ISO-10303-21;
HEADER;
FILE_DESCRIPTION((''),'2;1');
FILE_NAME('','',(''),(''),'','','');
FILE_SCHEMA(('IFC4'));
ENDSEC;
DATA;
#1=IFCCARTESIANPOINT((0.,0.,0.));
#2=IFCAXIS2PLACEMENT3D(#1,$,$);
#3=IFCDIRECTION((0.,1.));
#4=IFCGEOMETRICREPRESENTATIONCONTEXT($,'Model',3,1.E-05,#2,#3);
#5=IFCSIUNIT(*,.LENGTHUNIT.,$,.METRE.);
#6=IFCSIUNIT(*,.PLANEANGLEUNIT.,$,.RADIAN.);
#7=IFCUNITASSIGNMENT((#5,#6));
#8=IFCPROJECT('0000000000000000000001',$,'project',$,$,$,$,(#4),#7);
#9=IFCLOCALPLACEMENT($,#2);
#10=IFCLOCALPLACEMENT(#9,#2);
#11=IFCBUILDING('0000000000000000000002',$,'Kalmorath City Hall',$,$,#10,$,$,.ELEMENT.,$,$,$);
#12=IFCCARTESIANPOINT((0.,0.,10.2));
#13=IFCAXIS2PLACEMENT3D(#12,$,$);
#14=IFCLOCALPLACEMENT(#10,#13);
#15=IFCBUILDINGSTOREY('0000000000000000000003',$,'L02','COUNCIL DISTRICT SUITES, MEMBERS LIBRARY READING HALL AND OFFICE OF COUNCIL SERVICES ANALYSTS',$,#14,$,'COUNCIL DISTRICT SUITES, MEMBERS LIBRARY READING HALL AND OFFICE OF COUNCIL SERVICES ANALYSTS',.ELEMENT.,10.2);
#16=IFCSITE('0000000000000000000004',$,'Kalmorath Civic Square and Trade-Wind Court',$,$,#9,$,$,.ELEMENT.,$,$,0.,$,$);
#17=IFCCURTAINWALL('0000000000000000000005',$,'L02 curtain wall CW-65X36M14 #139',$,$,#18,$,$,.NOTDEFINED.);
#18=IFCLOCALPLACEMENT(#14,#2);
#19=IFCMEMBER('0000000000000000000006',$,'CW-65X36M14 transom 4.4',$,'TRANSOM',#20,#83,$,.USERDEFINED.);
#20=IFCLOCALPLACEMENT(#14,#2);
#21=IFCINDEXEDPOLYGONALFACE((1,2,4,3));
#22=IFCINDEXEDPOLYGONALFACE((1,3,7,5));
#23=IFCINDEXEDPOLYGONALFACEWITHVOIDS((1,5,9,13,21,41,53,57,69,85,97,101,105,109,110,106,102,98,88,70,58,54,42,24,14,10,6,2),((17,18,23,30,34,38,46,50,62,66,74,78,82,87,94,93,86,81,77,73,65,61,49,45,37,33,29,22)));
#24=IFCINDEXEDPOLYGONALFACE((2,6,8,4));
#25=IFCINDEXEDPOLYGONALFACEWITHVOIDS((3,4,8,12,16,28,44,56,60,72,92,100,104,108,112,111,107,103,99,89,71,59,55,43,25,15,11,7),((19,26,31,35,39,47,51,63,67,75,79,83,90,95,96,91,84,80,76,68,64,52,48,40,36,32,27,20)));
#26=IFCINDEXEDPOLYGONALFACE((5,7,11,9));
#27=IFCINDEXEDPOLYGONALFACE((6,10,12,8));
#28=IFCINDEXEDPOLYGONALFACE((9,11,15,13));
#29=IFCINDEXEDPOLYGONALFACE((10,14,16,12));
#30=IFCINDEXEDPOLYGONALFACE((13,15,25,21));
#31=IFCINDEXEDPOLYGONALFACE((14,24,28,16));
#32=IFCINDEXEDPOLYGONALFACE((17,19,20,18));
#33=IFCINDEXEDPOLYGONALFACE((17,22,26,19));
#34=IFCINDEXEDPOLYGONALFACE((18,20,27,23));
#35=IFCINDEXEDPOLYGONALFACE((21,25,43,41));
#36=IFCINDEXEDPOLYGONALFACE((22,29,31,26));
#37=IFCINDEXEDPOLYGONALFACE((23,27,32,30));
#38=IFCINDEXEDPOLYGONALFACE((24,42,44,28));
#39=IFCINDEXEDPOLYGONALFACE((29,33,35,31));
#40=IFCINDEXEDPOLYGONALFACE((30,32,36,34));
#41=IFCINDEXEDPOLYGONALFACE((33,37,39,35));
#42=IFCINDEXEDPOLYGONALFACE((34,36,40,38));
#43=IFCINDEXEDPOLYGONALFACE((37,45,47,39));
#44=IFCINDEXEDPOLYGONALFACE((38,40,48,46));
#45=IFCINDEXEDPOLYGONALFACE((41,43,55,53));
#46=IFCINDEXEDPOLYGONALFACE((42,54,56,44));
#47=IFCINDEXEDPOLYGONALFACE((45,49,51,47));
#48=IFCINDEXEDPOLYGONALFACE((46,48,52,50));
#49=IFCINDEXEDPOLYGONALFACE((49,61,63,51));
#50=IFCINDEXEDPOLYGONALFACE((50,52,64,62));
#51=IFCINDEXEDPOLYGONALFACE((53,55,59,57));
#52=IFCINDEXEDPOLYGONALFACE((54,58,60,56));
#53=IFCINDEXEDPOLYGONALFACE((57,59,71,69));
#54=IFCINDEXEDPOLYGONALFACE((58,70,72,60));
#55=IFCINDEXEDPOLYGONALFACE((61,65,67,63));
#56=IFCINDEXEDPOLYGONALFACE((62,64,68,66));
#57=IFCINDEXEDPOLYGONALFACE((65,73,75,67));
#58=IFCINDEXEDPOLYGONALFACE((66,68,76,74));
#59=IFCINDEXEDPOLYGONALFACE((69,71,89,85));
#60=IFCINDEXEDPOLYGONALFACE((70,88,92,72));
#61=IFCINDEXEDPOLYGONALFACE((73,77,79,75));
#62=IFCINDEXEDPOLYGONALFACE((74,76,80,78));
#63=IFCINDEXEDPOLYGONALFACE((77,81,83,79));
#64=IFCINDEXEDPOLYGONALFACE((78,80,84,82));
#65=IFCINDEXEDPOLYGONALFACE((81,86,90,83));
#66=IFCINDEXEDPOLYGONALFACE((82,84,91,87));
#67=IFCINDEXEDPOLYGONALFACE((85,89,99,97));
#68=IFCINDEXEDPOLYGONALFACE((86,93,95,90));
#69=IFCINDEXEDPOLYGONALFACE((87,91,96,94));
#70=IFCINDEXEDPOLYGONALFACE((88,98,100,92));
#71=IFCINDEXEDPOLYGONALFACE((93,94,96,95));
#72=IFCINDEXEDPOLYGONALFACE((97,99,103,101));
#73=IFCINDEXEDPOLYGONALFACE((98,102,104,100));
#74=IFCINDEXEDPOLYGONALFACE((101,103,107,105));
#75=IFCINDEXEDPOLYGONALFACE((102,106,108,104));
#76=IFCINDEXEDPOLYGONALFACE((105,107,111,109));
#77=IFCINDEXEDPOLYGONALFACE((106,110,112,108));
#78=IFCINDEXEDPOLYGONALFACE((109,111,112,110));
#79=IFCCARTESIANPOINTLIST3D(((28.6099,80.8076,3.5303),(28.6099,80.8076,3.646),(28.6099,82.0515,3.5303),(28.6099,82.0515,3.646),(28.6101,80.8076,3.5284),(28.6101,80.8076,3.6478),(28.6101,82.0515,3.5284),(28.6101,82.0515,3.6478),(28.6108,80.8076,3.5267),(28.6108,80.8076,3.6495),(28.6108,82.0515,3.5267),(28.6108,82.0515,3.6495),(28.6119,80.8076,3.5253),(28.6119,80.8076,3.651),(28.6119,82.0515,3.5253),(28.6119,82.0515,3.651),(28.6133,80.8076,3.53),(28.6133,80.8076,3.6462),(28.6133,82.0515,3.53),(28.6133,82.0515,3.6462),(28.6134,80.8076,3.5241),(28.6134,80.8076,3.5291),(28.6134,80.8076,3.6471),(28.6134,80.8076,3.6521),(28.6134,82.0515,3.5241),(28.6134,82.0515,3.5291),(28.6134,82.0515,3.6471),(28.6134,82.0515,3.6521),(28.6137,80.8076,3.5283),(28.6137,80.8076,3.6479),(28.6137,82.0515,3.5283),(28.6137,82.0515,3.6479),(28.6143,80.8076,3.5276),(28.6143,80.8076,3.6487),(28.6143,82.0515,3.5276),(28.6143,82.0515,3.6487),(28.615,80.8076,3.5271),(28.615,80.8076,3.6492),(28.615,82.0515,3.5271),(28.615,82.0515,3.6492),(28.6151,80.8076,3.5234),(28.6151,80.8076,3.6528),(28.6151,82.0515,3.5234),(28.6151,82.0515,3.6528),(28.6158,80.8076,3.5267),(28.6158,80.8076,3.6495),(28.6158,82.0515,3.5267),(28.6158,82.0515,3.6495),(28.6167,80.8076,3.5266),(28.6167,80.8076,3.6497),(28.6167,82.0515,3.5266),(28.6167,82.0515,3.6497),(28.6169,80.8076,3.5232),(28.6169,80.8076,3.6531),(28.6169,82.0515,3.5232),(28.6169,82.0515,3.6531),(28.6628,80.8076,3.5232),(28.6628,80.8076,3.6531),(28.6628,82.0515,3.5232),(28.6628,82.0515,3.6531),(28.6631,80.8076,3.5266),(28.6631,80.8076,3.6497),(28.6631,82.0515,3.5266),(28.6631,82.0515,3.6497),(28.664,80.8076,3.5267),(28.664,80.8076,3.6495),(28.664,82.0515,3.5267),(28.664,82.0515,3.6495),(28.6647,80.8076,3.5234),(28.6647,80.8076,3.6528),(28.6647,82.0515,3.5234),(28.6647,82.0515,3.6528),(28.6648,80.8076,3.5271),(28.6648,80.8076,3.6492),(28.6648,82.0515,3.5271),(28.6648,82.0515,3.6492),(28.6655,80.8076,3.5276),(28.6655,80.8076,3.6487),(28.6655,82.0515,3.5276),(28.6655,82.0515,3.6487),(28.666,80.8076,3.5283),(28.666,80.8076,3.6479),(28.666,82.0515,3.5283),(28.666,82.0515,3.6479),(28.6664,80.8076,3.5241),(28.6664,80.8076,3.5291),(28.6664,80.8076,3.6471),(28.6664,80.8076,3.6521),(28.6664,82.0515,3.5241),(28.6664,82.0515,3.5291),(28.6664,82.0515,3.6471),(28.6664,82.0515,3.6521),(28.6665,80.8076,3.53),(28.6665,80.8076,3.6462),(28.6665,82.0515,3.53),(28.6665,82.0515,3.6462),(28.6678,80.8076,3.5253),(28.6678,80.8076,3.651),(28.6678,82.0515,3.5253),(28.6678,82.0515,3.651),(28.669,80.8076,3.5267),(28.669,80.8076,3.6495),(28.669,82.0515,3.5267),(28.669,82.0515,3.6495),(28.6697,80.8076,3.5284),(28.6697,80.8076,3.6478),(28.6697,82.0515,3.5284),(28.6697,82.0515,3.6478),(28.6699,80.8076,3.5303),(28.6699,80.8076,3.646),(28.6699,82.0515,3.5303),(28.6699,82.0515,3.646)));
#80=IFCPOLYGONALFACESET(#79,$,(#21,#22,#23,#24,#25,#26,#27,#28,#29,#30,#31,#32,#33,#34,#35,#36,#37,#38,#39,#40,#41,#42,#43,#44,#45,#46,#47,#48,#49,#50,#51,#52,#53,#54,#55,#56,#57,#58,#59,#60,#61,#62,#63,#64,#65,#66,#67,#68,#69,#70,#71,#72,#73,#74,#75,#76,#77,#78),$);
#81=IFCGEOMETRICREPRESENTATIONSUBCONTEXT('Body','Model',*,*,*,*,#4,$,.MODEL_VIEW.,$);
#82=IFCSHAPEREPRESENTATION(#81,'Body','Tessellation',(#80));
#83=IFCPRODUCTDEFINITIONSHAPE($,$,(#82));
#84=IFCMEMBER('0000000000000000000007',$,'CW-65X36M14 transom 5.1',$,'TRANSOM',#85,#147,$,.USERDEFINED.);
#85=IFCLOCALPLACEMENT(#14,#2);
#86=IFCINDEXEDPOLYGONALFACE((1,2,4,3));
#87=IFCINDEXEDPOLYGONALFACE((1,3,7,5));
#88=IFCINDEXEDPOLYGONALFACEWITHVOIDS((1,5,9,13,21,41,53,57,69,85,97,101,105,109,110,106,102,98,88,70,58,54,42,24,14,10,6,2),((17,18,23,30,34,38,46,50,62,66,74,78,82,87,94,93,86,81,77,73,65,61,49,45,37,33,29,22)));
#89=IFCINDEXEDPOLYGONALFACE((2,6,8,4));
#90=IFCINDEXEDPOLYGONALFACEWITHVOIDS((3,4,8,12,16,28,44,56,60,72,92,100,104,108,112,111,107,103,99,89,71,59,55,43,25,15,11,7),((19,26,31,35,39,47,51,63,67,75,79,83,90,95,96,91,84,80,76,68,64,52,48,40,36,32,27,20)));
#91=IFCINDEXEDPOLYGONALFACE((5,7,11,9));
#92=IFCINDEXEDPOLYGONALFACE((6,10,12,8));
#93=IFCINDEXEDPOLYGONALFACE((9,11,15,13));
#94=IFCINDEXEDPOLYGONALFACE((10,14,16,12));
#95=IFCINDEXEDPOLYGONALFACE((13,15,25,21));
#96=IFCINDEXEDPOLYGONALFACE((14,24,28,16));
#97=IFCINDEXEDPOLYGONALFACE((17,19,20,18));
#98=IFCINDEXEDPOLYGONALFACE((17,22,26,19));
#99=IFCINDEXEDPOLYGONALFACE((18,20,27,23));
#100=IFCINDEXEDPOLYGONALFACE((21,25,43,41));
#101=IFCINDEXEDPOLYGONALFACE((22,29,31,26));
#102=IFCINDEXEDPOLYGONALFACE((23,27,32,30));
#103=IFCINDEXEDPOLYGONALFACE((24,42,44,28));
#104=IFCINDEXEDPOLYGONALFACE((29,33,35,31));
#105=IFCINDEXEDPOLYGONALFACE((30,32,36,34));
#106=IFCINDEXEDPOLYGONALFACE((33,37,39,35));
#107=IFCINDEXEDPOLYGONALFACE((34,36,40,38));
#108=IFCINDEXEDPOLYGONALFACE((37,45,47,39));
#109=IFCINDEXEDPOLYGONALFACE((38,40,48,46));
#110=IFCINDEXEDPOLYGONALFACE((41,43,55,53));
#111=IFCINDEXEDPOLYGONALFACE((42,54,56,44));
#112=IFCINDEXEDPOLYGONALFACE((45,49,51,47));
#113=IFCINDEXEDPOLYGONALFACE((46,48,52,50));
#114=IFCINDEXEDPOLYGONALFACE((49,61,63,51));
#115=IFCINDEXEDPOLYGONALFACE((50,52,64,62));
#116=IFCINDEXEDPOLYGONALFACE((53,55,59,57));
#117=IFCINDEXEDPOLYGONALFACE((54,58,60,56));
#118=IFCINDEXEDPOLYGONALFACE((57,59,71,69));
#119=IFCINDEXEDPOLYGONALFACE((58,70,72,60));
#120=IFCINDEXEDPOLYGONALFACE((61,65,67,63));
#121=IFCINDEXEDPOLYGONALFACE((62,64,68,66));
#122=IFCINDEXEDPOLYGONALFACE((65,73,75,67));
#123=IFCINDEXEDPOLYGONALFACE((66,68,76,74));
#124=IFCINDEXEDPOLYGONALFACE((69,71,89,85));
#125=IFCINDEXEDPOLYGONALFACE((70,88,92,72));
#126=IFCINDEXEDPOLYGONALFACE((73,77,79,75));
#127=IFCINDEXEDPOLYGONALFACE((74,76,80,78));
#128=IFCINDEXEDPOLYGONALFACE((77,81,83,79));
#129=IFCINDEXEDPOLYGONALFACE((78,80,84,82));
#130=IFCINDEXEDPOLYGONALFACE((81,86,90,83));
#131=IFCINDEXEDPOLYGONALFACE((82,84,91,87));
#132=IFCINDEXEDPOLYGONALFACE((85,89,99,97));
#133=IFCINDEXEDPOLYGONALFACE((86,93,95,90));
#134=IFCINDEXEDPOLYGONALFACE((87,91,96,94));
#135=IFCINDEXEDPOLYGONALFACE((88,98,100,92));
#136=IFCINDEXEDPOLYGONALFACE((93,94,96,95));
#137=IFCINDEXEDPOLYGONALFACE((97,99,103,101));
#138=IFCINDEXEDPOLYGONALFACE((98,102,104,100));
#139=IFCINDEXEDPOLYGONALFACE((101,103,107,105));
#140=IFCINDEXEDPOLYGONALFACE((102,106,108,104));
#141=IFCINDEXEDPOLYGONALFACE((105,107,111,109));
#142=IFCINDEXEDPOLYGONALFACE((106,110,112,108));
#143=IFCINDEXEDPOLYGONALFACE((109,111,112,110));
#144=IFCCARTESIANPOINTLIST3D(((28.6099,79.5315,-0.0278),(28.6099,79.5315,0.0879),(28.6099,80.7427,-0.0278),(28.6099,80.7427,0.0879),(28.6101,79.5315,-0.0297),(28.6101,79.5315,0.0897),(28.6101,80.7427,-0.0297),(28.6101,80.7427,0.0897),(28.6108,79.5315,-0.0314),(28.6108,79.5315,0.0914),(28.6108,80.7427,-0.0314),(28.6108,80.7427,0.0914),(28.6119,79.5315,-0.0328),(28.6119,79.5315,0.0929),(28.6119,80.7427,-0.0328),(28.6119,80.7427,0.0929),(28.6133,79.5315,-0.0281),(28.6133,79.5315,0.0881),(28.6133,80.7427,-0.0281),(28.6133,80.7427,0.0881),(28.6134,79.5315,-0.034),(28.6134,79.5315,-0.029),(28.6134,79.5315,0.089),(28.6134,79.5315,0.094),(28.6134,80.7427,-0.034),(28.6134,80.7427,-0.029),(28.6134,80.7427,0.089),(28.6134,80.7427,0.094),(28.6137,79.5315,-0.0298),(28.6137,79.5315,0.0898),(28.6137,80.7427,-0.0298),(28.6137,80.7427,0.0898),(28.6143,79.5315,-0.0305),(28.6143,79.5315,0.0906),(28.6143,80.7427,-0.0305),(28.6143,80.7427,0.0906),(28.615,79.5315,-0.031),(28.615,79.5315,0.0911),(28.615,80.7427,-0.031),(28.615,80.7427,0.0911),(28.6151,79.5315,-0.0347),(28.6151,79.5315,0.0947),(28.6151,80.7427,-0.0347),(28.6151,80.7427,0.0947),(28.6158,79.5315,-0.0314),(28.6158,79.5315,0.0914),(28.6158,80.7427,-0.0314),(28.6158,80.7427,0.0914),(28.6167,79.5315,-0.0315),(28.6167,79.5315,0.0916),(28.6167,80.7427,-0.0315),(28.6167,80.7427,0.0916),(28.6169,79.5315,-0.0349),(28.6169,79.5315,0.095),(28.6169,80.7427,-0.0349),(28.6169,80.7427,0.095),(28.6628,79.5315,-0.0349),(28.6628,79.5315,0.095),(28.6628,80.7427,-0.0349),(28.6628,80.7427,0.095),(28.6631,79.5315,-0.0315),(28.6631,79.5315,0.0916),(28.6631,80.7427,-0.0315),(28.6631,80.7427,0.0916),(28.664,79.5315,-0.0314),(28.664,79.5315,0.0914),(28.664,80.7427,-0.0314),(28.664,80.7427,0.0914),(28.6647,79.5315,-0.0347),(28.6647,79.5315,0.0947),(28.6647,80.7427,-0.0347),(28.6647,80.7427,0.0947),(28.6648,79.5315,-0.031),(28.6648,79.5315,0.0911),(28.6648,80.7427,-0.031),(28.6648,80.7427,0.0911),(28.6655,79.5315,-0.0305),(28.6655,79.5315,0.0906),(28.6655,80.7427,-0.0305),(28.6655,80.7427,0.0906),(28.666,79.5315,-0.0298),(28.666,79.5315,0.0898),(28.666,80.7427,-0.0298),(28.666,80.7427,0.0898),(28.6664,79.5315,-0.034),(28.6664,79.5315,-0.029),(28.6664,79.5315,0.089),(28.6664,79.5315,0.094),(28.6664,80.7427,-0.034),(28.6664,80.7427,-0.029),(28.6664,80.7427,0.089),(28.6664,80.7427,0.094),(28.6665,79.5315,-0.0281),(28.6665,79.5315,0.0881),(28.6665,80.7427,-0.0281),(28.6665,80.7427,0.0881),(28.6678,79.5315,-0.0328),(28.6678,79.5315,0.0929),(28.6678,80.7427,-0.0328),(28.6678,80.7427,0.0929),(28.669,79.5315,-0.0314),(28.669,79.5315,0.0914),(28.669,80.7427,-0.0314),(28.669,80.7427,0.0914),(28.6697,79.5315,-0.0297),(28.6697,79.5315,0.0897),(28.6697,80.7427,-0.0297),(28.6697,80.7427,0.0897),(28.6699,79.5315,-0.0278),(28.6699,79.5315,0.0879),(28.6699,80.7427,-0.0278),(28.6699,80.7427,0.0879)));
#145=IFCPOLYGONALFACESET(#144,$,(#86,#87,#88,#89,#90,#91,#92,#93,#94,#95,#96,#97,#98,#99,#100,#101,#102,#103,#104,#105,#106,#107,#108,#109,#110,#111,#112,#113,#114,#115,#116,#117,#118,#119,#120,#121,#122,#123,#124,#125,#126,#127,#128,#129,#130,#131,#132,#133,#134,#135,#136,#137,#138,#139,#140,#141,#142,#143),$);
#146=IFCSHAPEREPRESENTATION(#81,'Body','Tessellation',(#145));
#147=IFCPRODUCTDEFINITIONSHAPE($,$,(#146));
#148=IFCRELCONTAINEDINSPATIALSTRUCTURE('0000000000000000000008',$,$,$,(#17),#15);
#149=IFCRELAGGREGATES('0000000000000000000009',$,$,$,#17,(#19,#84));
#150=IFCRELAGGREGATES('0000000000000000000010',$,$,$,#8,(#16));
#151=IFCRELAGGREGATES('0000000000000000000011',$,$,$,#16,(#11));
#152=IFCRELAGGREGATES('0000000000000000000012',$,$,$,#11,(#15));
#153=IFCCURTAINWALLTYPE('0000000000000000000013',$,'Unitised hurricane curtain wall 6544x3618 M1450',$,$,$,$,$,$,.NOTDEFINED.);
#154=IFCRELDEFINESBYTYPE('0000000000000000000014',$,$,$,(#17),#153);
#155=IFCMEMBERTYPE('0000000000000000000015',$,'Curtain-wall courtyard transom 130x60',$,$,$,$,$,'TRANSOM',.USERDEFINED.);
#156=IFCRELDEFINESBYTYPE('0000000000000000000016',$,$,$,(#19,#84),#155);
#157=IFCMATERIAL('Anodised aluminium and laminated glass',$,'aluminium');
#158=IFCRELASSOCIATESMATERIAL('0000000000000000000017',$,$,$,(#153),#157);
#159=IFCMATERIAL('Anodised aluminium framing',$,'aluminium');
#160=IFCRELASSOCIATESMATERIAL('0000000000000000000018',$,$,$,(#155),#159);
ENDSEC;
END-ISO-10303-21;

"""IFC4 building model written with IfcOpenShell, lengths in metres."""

from ifc_helpers import new_model, si_unit, direction, frame, origin, origin_2d, place, context, subcontext, project, spatial, hollow_rectangle, extrude, material, material_profile, profile_set, type_object, element, aggregate, save


model = new_model("IFC4")

# Units and contexts
model_context = context("Model", 3, precision=1e-05, world=origin(), true_north=direction((0.0, 1.0)))
body_context = subcontext(model_context, "Body", "Model", "MODEL_VIEW")
ifc_project = project(units=[si_unit("LENGTHUNIT", "METRE"), si_unit("PLANEANGLEUNIT", "RADIAN")], contexts=[model_context])

# Site, building, storey
site_placement = place(None, origin())
site = spatial("IfcSite", under=ifc_project, at=site_placement, Name="Kalmorath Civic Square and Trade-Wind Court", CompositionType="ELEMENT", RefElevation=0.0)
building_placement = place(site_placement, origin())
building = spatial("IfcBuilding", under=site, at=building_placement, Name="Kalmorath City Hall", CompositionType="ELEMENT")
storey_placement = place(building_placement, frame((0.0, 0.0, 10.2)))
storey = spatial("IfcBuildingStorey", under=building, at=storey_placement, Name="L02", Description="COUNCIL DISTRICT SUITES, MEMBERS LIBRARY READING HALL AND OFFICE OF COUNCIL SERVICES ANALYSTS", LongName="COUNCIL DISTRICT SUITES, MEMBERS LIBRARY READING HALL AND OFFICE OF COUNCIL SERVICES ANALYSTS", CompositionType="ELEMENT", Elevation=10.2)

# Curtain wall, members
ifc_material_1 = material(Name="Anodised aluminium and laminated glass", Category="aluminium")
curtain_wall_type = type_object("IfcCurtainWallType", Name="Unitised hurricane curtain wall 6544x3618 M1450", PredefinedType="NOTDEFINED", material=ifc_material_1)
curtain_wall_placement = place(storey_placement, origin())
curtain_wall = element("IfcCurtainWall", 1, at=curtain_wall_placement, inside=storey, type_object=curtain_wall_type, Name="L02 curtain wall CW-65X36M14 #139", PredefinedType="NOTDEFINED")
ifc_material_2 = material(Name="Anodised aluminium framing", Category="aluminium")
ifc_material_profile_1 = material_profile(ifc_material_2, hollow_rectangle(XDim=0.0601, YDim=0.1299, WallThickness=0.0034, InnerFilletRadius=0.0034, OuterFilletRadius=0.0071, at=origin_2d()), Name="ALU-TRN-130X60X3.5")
ifc_profile_set_1 = profile_set([ifc_material_profile_1], Name="Anodised aluminium framing")
member_type_1 = type_object("IfcMemberType", Name="Curtain-wall courtyard transom 130x60", ElementType="TRANSOM", PredefinedType="USERDEFINED", material=ifc_profile_set_1)
member_1_placement = place(storey_placement, frame((28.6399, 82.0515, 3.5881), z_axis=(0.0, -1.0, 0.0), x_axis=(1.0, 0.0, 0.0)))
member_1 = element("IfcMember", 2, at=member_1_placement, type_object=member_type_1, Name="CW-65X36M14 transom 4.4", ObjectType="TRANSOM", PredefinedType="USERDEFINED", context=body_context, shape_type="SweptSolid", body=[
    extrude(hollow_rectangle(XDim=0.0601, YDim=0.1299, WallThickness=0.0034, InnerFilletRadius=0.0034, OuterFilletRadius=0.0071, at=origin_2d()), origin(), (0.0, 0.0, 1.0), 1.2439),
])
member_2_placement = place(storey_placement, frame((28.6399, 80.7427, 0.03), z_axis=(0.0, -1.0, 0.0), x_axis=(1.0, 0.0, 0.0)))
member_2 = element("IfcMember", 3, at=member_2_placement, type_object=member_type_1, Name="CW-65X36M14 transom 5.1", ObjectType="TRANSOM", PredefinedType="USERDEFINED", context=body_context, shape_type="SweptSolid", body=[
    extrude(hollow_rectangle(XDim=0.0601, YDim=0.1299, WallThickness=0.0034, InnerFilletRadius=0.0034, OuterFilletRadius=0.0071, at=origin_2d()), origin(), (0.0, 0.0, 1.0), 1.2112),
])

aggregate(curtain_wall, [member_1, member_2])

save(model, "model.ifc")
